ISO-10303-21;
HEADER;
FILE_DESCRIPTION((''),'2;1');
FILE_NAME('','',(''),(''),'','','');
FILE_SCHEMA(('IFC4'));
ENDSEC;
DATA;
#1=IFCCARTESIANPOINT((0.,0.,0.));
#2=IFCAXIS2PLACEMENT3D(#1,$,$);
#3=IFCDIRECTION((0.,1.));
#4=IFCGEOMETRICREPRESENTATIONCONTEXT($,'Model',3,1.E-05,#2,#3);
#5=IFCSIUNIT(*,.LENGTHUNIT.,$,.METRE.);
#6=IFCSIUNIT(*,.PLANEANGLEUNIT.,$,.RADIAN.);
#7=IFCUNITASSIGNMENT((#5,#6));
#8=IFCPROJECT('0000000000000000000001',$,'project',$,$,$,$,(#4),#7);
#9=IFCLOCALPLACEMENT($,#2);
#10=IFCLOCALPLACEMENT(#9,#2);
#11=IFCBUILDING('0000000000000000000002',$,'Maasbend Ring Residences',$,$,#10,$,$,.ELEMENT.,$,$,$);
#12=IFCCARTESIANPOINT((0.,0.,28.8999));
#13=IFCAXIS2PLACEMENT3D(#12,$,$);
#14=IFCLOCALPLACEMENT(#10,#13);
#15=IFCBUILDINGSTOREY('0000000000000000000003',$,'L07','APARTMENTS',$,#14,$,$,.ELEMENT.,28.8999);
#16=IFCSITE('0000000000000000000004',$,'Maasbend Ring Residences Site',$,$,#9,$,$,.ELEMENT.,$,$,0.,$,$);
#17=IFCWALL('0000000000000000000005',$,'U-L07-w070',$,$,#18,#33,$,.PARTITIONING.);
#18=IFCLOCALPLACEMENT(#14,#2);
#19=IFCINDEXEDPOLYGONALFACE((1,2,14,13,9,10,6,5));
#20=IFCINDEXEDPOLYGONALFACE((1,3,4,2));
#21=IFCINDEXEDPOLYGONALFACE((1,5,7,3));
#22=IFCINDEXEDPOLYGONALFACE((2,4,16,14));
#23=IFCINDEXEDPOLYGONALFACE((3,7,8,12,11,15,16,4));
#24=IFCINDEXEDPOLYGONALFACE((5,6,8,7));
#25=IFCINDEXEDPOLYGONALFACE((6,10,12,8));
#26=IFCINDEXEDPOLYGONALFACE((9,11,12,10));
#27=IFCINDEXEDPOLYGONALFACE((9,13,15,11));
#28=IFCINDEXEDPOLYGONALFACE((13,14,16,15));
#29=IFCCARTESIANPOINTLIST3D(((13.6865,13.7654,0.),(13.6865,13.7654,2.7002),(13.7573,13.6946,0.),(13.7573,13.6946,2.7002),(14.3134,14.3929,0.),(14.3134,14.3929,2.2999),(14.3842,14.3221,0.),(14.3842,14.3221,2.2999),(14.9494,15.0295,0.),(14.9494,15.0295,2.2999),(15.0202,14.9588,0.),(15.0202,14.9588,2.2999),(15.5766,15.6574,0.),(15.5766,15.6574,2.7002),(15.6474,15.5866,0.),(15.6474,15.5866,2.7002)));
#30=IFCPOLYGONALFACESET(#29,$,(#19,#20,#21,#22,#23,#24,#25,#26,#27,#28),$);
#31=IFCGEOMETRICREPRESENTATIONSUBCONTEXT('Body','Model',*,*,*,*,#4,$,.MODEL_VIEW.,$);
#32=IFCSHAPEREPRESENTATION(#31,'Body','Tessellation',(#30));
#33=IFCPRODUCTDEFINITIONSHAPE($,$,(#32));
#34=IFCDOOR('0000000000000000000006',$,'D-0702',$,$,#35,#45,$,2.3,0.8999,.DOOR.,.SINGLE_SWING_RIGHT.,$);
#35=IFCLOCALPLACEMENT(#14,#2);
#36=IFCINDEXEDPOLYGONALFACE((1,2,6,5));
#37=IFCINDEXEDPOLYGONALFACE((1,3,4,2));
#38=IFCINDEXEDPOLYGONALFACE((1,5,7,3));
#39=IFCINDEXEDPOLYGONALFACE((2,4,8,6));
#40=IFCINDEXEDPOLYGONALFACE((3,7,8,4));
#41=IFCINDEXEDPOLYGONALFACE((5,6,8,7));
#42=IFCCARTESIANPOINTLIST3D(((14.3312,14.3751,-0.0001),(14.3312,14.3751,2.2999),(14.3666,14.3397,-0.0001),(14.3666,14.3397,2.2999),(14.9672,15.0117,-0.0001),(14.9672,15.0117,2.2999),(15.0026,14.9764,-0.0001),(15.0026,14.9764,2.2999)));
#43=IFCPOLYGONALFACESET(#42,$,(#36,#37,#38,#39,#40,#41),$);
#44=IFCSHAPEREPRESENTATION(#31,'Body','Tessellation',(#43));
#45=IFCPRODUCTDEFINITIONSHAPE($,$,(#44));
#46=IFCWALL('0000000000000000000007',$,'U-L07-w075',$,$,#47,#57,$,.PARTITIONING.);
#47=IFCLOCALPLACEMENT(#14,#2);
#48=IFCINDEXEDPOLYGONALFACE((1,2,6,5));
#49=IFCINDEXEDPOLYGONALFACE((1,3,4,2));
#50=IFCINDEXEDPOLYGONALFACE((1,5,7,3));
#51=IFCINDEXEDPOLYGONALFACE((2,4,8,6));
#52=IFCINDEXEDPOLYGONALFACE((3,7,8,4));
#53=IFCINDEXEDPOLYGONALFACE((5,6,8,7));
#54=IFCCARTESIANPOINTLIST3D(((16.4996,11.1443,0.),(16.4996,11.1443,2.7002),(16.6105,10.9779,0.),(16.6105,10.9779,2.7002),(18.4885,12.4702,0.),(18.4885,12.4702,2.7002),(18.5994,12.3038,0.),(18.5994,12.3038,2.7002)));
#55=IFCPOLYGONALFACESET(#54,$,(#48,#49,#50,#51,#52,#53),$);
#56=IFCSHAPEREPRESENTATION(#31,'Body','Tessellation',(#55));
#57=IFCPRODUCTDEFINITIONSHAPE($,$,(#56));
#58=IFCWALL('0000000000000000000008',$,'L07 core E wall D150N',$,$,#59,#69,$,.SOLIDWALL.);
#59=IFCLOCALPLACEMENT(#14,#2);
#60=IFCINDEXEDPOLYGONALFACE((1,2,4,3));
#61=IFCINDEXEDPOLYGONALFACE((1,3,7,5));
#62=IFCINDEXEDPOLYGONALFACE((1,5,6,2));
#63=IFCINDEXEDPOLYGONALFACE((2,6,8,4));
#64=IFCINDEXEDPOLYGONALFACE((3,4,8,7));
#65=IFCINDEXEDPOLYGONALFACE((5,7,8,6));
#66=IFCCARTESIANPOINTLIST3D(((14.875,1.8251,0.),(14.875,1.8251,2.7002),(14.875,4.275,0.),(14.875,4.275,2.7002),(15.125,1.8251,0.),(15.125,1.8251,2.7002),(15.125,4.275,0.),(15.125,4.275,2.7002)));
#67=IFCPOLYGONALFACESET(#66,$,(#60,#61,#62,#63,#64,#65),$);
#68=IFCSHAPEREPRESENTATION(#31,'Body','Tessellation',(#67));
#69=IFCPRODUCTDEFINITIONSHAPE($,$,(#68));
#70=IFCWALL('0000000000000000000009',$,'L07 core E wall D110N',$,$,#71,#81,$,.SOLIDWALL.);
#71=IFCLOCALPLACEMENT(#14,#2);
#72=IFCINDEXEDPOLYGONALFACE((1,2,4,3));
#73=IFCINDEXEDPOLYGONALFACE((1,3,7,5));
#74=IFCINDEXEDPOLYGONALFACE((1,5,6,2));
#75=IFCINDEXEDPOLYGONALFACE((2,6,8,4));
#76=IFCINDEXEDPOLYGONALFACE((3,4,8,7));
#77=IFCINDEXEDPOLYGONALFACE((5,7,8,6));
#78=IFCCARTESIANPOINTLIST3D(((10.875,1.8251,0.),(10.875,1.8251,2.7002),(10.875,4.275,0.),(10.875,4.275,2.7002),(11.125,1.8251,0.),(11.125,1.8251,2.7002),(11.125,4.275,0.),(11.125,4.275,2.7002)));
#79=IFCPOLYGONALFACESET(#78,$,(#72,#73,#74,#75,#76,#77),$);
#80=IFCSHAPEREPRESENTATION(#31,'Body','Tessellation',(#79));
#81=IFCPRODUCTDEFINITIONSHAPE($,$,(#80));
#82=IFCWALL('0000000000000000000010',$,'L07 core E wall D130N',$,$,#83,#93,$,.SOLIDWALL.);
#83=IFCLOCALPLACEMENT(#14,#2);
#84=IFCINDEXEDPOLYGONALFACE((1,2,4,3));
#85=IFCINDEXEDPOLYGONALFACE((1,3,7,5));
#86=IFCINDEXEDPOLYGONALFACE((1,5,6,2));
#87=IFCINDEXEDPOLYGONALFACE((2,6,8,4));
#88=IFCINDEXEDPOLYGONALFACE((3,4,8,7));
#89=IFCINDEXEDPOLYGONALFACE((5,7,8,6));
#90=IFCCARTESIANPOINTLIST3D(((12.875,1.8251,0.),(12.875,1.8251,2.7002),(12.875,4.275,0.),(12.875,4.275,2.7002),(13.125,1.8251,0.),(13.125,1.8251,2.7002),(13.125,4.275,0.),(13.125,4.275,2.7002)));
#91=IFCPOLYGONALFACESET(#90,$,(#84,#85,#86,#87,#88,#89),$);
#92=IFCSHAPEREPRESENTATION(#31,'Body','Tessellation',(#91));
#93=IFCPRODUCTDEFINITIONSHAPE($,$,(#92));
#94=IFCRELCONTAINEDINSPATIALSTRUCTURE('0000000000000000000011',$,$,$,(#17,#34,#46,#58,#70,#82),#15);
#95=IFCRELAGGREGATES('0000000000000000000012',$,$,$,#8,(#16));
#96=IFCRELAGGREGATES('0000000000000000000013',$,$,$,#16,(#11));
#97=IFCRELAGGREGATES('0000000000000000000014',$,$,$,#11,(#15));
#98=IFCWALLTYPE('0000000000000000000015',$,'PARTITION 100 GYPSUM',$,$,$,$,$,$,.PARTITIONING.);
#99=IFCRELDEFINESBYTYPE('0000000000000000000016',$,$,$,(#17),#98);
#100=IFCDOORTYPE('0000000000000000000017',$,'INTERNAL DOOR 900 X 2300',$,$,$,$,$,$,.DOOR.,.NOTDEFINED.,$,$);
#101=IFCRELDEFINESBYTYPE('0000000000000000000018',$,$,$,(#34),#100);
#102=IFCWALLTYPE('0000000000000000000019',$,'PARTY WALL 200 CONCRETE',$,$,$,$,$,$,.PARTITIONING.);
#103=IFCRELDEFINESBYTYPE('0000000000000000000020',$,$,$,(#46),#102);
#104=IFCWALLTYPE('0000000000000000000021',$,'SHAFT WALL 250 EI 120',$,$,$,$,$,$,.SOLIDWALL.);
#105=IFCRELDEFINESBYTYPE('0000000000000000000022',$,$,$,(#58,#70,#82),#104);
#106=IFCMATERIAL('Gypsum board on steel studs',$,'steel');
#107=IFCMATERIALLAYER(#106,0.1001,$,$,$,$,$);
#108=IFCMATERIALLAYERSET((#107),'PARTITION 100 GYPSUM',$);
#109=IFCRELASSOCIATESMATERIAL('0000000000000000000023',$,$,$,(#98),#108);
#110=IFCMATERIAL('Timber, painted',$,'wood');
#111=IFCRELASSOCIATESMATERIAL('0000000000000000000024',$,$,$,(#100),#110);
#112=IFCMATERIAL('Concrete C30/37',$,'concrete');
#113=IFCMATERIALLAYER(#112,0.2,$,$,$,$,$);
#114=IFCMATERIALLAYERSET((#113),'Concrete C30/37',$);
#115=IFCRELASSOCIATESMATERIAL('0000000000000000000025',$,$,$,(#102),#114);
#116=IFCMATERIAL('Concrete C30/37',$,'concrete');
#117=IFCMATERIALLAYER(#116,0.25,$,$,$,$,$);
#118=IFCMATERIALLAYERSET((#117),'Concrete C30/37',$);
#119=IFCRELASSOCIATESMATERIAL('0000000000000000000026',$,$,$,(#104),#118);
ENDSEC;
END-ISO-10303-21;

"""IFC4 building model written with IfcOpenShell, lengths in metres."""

from ifc_helpers import new_model, si_unit, direction, frame, frame_2d, origin, place, context, subcontext, project, spatial, rectangle, extrude, material, layer, layer_set, type_object, element, fill, save


model = new_model("IFC4")

# Units and contexts
model_context = context("Model", 3, precision=1e-05, world=origin(), true_north=direction((0.0, 1.0)))
body_context = subcontext(model_context, "Body", "Model", "MODEL_VIEW")
ifc_project = project(units=[si_unit("LENGTHUNIT", "METRE"), si_unit("PLANEANGLEUNIT", "RADIAN")], contexts=[model_context])

# Site, building, storey
site_placement = place(None, origin())
site = spatial("IfcSite", under=ifc_project, at=site_placement, Name="Maasbend Ring Residences Site", CompositionType="ELEMENT", RefElevation=0.0)
building_placement = place(site_placement, origin())
building = spatial("IfcBuilding", under=site, at=building_placement, Name="Maasbend Ring Residences", CompositionType="ELEMENT")
storey_placement = place(building_placement, frame((0.0, 0.0, 28.8999)))
storey = spatial("IfcBuildingStorey", under=building, at=storey_placement, Name="L07", Description="APARTMENTS", CompositionType="ELEMENT", Elevation=28.8999)

# Wall, opening, door
ifc_material_1 = material(Name="Gypsum board on steel studs", Category="steel")
ifc_layer_1 = layer(ifc_material_1, 0.1001)
ifc_layer_set_1 = layer_set([ifc_layer_1], Name="PARTITION 100 GYPSUM")
wall_type_1 = type_object("IfcWallType", Name="PARTITION 100 GYPSUM", PredefinedType="PARTITIONING", material=ifc_layer_set_1)
wall_1_placement = place(storey_placement, frame((13.7219, 13.73, 0.0), z_axis=(0.0, 0.0, 1.0), x_axis=(0.706742, 0.707472, 0.0)))
wall_1 = element("IfcWall", 1, at=wall_1_placement, inside=storey, type_object=wall_type_1, Name="U-L07-w070", PredefinedType="PARTITIONING", context=body_context, shape_type="SweptSolid", body=[
    extrude(rectangle(XDim=2.6743, YDim=0.1001, at=frame_2d((1.3372, 0.0))), origin(), (0.0, 0.0, 1.0), 2.7002),
])
opening_1_placement = place(wall_1_placement, frame((0.887, 0.0, 0.0)))
opening_1 = element("IfcOpeningElement", 2, at=opening_1_placement, cuts=wall_1, PredefinedType="OPENING", context=body_context, shape_type="SweptSolid", body=[
    extrude(rectangle(XDim=0.8999, YDim=2.3, at=frame_2d((0.45, 1.1499))), frame((0.0, 0.0601, 0.0), z_axis=(0.0, -1.0, 0.0), x_axis=(1.0, 0.0, 0.0)), (0.0, 0.0, 1.0), 0.1201),
])
ifc_material_2 = material(Name="Timber, painted", Category="wood")
door_type_1 = type_object("IfcDoorType", Name="INTERNAL DOOR 900 X 2300", OperationType="NOTDEFINED", PredefinedType="DOOR", material=ifc_material_2)
door_1_placement = place(opening_1_placement, origin())
door_1 = element("IfcDoor", 3, at=door_1_placement, inside=storey, type_object=door_type_1, Name="D-0702", OperationType="SINGLE_SWING_RIGHT", OverallHeight=2.3, OverallWidth=0.8999, PredefinedType="DOOR", context=body_context, shape_type="SweptSolid", body=[
    extrude(rectangle(XDim=0.8999, YDim=2.3, at=frame_2d((0.45, 1.1499))), frame((0.0, 0.0249, 0.0), z_axis=(0.0, -1.0, 0.0), x_axis=(1.0, 0.0, 0.0)), (0.0, 0.0, 1.0), 0.05),
])
fill(opening_1, door_1)

# Walls
ifc_material_3 = material(Name="Concrete C30/37", Category="concrete")
ifc_layer_2 = layer(ifc_material_3, 0.2)
ifc_layer_set_2 = layer_set([ifc_layer_2], Name="Concrete C30/37")
wall_type_2 = type_object("IfcWallType", Name="PARTY WALL 200 CONCRETE", PredefinedType="PARTITIONING", material=ifc_layer_set_2)
wall_2_placement = place(storey_placement, frame((16.5549, 11.061, 0.0), z_axis=(0.0, 0.0, 1.0), x_axis=(0.832066, 0.554677, 0.0)))
element("IfcWall", 4, at=wall_2_placement, inside=storey, type_object=wall_type_2, Name="U-L07-w075", PredefinedType="PARTITIONING", context=body_context, shape_type="SweptSolid", body=[
    extrude(rectangle(XDim=2.3904, YDim=0.2, at=frame_2d((1.1953, 0.0))), origin(), (0.0, 0.0, 1.0), 2.7002),
])
ifc_material_4 = material(Name="Concrete C30/37", Category="concrete")
ifc_layer_3 = layer(ifc_material_4, 0.25)
ifc_layer_set_3 = layer_set([ifc_layer_3], Name="Concrete C30/37")
wall_type_3 = type_object("IfcWallType", Name="SHAFT WALL 250 EI 120", PredefinedType="SOLIDWALL", material=ifc_layer_set_3)
for number, where, z_axis, x_axis, name in (
    (5, (15.0, 1.825, 0.0), (0.0, 0.0, 1.0), (0.0, 1.0, 0.0), "L07 core E wall D150N"),
    (6, (11.0, 1.825, 0.0), (0.0, 0.0, 1.0), (0.0, 1.0, 0.0), "L07 core E wall D110N"),
    (7, (13.0, 1.825, 0.0), (0.0, 0.0, 1.0), (0.0, 1.0, 0.0), "L07 core E wall D130N"),
):
    element("IfcWall", number, at=place(storey_placement, frame(where, z_axis=z_axis, x_axis=x_axis)), inside=storey, type_object=wall_type_3, Name=name, PredefinedType="SOLIDWALL", context=body_context, shape_type="SweptSolid", body=[
        extrude(rectangle(XDim=2.45, YDim=0.25, at=frame_2d((1.2251, 0.0))), origin(), (0.0, 0.0, 1.0), 2.7002),
    ])

save(model, "model.ifc")
